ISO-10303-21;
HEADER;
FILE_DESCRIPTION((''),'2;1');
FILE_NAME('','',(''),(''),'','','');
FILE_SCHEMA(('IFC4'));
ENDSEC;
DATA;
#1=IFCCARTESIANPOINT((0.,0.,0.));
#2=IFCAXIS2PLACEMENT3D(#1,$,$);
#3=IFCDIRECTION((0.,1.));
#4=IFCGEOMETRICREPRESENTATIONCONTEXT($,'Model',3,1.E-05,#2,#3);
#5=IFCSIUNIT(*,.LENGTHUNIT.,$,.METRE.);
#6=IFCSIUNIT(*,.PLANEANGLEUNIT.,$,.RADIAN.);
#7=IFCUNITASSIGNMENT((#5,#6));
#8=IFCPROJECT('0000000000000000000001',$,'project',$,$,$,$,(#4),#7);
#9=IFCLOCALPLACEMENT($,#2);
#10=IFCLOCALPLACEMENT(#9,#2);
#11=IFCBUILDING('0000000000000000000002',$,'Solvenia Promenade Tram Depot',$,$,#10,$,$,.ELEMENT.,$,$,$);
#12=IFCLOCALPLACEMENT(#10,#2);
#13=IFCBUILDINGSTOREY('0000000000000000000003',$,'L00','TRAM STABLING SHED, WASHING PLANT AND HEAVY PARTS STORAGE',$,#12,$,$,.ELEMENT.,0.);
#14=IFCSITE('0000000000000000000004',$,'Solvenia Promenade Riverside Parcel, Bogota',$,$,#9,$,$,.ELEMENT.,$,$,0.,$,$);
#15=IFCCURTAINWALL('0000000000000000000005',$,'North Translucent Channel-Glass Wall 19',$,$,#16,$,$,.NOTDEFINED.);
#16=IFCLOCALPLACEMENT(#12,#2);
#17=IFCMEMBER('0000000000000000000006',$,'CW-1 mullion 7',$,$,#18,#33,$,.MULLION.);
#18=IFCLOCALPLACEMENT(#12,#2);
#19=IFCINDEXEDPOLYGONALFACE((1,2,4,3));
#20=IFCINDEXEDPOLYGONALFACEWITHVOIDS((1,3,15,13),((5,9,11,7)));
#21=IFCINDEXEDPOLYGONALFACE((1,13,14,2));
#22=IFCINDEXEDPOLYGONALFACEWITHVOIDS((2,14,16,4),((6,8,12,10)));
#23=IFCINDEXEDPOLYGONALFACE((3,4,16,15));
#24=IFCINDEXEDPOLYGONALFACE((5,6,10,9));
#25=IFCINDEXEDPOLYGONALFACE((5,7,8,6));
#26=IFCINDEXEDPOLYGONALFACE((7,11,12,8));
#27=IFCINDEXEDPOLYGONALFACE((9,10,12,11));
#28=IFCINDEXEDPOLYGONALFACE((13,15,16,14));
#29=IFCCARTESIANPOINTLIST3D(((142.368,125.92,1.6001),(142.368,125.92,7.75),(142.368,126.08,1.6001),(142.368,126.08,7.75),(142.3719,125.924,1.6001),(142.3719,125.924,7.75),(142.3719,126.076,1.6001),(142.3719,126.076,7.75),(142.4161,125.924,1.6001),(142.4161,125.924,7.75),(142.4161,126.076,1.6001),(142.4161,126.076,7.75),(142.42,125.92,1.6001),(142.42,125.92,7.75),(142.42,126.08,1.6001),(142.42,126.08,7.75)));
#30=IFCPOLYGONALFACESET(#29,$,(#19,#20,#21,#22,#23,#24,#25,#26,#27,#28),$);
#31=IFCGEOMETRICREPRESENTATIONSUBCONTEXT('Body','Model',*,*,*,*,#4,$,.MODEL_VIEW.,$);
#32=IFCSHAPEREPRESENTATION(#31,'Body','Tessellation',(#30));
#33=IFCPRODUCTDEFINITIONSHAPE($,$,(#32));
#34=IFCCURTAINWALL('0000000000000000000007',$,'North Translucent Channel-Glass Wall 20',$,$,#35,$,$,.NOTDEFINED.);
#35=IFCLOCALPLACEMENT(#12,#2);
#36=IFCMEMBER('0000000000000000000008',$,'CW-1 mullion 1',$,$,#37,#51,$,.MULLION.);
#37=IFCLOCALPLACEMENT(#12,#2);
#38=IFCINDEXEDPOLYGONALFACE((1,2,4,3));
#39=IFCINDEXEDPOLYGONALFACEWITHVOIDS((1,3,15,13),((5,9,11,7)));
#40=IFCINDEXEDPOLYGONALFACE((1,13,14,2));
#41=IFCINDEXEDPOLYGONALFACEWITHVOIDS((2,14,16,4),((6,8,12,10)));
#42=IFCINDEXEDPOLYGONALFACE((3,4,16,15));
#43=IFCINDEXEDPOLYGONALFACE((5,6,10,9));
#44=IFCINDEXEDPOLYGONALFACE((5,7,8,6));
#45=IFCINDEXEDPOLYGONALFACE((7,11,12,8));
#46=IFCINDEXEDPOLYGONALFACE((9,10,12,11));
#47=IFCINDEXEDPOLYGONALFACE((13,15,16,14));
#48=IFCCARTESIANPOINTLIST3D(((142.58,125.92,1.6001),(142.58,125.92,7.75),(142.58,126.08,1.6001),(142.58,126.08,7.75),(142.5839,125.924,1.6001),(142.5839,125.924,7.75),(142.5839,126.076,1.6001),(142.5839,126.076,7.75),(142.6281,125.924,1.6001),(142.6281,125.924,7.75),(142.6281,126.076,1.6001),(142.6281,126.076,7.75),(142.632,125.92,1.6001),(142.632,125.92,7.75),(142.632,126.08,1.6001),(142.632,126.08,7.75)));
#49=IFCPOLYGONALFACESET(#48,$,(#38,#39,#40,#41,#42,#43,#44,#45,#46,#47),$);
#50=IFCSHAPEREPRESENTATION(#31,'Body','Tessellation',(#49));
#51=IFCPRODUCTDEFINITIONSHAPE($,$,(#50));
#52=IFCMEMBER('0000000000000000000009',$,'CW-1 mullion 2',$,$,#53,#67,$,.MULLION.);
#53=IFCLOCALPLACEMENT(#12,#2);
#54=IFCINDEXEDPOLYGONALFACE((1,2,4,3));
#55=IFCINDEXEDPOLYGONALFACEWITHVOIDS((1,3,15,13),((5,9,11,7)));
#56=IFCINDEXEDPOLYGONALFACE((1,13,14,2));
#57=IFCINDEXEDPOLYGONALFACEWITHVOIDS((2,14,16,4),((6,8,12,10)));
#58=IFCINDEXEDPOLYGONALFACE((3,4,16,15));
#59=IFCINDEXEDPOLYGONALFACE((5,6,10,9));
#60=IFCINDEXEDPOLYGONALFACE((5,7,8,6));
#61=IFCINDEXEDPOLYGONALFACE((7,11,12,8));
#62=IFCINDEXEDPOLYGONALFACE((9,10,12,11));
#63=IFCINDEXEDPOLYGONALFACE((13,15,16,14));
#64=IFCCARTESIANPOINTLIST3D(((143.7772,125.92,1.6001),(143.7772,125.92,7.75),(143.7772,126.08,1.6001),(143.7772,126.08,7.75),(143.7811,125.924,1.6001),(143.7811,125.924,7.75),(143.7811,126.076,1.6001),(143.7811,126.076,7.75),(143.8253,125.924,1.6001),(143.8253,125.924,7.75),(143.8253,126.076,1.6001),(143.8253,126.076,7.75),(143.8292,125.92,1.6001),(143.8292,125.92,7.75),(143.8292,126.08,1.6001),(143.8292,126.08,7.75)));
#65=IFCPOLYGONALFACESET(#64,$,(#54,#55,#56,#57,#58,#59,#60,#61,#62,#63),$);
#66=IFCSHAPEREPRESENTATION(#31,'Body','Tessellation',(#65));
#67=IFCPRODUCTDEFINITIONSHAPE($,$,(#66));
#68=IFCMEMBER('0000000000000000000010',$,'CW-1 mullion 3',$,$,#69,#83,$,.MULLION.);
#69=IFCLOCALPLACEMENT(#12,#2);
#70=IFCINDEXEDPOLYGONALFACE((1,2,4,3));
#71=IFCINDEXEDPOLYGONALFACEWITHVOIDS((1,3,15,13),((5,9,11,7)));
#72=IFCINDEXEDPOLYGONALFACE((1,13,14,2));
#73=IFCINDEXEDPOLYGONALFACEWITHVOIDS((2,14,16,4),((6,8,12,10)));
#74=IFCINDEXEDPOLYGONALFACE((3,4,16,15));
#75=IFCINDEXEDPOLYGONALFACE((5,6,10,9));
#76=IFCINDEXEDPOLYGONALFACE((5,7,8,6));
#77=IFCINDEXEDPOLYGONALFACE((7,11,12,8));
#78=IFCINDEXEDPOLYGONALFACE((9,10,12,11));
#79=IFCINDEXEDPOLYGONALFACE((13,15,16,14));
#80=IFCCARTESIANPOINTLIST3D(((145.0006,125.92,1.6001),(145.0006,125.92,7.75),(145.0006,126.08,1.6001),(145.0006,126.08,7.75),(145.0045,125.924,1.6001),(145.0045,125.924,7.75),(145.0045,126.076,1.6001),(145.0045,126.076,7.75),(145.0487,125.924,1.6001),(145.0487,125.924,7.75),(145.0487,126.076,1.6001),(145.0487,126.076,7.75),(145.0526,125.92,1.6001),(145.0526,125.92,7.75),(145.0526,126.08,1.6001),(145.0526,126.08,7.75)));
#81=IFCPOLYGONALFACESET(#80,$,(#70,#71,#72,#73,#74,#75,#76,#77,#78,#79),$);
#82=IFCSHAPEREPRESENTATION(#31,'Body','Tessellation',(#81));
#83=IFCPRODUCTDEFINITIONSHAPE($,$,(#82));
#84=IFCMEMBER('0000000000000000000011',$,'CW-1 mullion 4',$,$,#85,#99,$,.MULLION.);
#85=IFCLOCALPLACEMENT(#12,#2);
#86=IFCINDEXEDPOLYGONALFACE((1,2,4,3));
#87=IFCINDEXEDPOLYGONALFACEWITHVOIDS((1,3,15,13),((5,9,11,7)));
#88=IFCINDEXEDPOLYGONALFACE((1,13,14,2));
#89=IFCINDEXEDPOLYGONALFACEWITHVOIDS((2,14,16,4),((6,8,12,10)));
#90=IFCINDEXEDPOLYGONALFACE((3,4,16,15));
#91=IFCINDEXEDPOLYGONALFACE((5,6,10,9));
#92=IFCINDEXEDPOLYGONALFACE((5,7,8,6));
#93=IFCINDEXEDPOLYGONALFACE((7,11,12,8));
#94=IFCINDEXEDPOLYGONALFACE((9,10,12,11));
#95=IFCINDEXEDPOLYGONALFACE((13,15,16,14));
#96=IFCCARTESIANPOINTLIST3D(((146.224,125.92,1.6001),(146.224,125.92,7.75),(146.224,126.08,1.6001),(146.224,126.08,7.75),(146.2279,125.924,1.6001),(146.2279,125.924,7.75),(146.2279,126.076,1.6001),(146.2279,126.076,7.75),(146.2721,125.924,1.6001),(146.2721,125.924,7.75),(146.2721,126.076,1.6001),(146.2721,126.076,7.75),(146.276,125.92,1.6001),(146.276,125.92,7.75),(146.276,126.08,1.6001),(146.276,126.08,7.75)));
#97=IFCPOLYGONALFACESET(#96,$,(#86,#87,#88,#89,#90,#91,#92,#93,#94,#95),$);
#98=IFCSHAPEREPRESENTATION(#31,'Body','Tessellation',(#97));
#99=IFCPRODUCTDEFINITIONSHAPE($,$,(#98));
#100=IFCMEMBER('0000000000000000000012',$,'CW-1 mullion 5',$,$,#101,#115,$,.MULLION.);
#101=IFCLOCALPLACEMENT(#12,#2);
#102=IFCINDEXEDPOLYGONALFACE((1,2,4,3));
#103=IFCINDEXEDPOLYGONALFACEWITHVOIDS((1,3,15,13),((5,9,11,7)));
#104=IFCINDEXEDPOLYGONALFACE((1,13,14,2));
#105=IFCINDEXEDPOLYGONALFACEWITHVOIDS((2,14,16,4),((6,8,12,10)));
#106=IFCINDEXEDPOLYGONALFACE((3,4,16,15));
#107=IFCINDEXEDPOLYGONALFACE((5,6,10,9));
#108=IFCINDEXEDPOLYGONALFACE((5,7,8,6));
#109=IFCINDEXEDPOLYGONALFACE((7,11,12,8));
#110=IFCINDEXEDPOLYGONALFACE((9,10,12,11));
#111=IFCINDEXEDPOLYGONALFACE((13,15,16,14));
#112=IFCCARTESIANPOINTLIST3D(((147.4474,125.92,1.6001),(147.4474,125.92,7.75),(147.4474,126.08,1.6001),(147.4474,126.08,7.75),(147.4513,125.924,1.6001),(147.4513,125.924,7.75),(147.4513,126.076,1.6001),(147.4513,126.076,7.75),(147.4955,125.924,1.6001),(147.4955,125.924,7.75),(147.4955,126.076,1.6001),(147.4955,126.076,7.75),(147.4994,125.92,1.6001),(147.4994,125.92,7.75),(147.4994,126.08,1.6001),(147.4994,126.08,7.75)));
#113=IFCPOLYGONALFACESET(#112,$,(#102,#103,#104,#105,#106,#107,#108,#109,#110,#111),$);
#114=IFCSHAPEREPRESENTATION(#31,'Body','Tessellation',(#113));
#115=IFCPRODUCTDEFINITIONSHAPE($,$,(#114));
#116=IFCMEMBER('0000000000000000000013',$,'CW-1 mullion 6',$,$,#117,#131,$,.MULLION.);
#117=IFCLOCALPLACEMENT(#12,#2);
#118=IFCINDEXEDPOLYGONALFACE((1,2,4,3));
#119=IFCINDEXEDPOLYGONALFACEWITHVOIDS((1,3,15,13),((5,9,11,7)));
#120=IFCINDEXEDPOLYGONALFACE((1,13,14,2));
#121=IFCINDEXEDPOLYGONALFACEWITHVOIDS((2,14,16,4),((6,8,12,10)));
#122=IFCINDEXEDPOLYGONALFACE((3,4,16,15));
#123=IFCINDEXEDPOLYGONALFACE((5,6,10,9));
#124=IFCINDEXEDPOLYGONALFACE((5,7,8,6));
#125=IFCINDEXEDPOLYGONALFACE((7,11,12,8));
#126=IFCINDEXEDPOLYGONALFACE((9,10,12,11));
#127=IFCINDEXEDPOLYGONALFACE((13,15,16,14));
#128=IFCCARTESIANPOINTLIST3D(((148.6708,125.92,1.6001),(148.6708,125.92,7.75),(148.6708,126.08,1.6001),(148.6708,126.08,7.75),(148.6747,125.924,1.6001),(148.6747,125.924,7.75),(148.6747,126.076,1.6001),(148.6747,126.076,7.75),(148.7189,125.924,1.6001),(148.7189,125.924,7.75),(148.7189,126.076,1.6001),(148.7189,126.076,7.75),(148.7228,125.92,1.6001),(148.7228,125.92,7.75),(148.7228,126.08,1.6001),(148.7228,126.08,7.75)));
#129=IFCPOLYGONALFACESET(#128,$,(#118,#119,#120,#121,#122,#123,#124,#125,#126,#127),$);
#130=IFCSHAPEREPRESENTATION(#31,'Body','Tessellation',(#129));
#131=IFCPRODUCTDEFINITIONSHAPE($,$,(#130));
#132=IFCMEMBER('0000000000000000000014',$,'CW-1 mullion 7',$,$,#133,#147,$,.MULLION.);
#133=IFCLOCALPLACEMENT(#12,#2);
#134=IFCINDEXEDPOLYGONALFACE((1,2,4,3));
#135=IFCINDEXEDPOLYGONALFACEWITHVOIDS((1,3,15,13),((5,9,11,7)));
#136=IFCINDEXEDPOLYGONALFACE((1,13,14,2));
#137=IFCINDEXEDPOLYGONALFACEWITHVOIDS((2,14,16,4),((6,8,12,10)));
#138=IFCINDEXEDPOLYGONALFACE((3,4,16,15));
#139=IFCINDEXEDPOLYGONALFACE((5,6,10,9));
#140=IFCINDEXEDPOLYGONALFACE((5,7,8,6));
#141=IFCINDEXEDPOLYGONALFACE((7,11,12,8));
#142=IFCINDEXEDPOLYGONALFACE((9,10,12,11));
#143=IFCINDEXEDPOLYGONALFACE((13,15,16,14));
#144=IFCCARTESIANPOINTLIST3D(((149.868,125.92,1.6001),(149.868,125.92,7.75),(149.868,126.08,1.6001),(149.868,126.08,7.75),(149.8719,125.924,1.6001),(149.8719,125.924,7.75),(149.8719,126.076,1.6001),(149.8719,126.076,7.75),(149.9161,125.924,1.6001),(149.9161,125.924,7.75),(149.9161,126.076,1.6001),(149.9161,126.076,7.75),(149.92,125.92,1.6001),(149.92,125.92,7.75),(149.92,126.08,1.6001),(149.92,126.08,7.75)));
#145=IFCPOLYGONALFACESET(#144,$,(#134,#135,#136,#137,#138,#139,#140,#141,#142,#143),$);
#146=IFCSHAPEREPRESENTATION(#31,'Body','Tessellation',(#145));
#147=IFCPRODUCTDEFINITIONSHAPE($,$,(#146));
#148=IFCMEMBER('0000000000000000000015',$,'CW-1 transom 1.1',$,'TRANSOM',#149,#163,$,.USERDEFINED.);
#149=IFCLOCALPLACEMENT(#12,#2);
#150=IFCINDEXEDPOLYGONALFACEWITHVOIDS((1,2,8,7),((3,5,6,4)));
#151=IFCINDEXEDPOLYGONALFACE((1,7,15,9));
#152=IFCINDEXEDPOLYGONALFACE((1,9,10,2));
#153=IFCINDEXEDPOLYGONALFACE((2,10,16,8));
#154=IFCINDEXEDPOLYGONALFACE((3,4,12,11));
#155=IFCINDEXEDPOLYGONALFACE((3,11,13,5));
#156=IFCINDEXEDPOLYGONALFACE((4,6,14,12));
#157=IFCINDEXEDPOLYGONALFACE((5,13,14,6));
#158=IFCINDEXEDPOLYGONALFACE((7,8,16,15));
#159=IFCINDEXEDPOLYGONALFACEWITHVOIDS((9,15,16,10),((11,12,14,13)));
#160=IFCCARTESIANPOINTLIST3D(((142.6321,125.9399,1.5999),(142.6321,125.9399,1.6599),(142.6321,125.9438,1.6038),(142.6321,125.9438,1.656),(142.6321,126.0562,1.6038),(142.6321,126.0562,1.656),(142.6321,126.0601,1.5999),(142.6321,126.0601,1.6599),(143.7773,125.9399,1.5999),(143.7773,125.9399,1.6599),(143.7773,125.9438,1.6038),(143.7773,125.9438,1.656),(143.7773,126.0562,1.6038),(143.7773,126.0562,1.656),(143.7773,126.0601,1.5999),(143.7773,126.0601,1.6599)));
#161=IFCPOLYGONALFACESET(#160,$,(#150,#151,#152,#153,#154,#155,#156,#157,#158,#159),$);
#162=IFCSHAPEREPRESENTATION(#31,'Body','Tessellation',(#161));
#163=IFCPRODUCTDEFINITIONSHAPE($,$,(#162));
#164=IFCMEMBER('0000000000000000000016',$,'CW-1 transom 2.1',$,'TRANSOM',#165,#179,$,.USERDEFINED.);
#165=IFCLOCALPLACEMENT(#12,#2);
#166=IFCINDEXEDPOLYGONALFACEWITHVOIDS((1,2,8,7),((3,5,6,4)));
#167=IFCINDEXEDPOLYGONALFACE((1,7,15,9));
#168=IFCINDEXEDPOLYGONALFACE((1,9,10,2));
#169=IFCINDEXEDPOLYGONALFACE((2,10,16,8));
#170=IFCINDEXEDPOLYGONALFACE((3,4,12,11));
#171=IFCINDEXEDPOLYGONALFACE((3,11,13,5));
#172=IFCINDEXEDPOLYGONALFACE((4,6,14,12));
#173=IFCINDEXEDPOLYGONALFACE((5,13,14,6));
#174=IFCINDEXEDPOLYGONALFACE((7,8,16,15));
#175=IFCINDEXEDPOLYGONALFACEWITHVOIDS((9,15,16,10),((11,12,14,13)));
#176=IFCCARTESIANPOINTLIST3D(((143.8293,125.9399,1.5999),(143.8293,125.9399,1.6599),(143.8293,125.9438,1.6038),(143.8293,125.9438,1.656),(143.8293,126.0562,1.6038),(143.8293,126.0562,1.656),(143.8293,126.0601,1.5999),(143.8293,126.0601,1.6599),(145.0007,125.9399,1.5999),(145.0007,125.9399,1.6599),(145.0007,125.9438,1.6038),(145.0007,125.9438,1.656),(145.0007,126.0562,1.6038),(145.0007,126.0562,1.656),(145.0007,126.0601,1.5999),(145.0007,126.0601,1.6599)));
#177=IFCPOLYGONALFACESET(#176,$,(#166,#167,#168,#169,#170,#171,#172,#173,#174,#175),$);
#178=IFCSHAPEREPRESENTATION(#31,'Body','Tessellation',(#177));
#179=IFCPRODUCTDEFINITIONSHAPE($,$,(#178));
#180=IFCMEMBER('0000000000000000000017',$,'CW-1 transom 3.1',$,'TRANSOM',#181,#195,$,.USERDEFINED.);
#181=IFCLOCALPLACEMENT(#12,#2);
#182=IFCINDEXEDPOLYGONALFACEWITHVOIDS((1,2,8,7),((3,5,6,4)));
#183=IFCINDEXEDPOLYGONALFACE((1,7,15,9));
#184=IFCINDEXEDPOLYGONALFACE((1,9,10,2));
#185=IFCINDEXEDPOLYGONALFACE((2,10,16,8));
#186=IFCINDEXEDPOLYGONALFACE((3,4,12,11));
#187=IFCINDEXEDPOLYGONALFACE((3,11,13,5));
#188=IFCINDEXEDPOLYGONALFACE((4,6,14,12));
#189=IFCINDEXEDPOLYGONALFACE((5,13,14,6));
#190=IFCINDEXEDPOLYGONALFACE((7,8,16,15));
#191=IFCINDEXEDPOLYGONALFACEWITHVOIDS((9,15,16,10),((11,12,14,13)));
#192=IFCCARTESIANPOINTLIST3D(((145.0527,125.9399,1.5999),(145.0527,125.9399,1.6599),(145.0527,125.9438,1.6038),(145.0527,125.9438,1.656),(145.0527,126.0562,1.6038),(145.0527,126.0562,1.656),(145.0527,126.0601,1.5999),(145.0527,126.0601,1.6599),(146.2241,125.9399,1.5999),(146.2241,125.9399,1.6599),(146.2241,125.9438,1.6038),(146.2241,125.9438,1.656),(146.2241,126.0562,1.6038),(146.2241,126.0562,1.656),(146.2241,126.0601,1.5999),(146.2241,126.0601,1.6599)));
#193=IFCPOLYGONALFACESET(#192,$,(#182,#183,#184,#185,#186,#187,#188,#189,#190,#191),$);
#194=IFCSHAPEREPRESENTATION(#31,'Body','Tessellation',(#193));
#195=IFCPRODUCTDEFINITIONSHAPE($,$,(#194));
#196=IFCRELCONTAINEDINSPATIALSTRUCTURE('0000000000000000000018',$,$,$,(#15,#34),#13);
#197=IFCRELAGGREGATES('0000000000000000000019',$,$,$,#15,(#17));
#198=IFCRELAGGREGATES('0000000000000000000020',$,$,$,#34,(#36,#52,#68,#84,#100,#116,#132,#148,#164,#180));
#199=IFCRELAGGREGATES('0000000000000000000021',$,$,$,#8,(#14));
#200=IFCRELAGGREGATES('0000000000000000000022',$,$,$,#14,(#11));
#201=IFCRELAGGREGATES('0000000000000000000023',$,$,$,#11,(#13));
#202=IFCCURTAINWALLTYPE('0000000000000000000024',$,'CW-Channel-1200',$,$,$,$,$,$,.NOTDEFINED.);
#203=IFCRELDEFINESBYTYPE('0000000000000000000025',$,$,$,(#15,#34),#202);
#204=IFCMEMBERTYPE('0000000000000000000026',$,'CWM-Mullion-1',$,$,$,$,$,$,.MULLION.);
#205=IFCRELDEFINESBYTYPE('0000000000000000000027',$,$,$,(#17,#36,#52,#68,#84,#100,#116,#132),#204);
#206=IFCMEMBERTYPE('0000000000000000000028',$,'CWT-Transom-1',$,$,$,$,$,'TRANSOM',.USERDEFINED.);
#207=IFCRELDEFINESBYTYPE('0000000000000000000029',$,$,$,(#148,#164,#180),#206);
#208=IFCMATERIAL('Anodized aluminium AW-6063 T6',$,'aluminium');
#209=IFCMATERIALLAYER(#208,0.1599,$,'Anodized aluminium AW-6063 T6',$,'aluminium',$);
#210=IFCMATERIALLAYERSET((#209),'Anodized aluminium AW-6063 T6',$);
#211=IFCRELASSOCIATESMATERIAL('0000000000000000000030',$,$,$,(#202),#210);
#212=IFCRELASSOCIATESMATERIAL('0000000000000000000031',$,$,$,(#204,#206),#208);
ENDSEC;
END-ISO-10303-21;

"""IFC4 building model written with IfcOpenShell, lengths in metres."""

from ifc_helpers import new_model, si_unit, direction, frame, origin, origin_2d, place, context, subcontext, project, spatial, hollow_rectangle, extrude, material, layer, layer_set, material_profile, profile_set, type_object, element, aggregate, save


model = new_model("IFC4")

# Units and contexts
model_context = context("Model", 3, precision=1e-05, world=origin(), true_north=direction((0.0, 1.0)))
body_context = subcontext(model_context, "Body", "Model", "MODEL_VIEW")
ifc_project = project(units=[si_unit("LENGTHUNIT", "METRE"), si_unit("PLANEANGLEUNIT", "RADIAN")], contexts=[model_context])

# Site, building, storey
site_placement = place(None, origin())
site = spatial("IfcSite", under=ifc_project, at=site_placement, Name="Solvenia Promenade Riverside Parcel, Bogota", CompositionType="ELEMENT", RefElevation=0.0)
building_placement = place(site_placement, origin())
building = spatial("IfcBuilding", under=site, at=building_placement, Name="Solvenia Promenade Tram Depot", CompositionType="ELEMENT")
storey_placement = place(building_placement, origin())
storey = spatial("IfcBuildingStorey", under=building, at=storey_placement, Name="L00", Description="TRAM STABLING SHED, WASHING PLANT AND HEAVY PARTS STORAGE", CompositionType="ELEMENT", Elevation=0.0)

# Curtain wall, member
ifc_material_1 = material(Name="Anodized aluminium AW-6063 T6", Category="aluminium")
ifc_layer_1 = layer(ifc_material_1, 0.1599, Name="Anodized aluminium AW-6063 T6", Category="aluminium")
ifc_layer_set_1 = layer_set([ifc_layer_1], Name="Anodized aluminium AW-6063 T6")
curtain_wall_type = type_object("IfcCurtainWallType", Name="CW-Channel-1200", PredefinedType="NOTDEFINED", material=ifc_layer_set_1)
curtain_wall_1_placement = place(storey_placement, origin())
curtain_wall_1 = element("IfcCurtainWall", 1, at=curtain_wall_1_placement, inside=storey, type_object=curtain_wall_type, Name="North Translucent Channel-Glass Wall 19", PredefinedType="NOTDEFINED")
ifc_material_profile_1 = material_profile(ifc_material_1, hollow_rectangle(XDim=0.1599, YDim=0.052, WallThickness=0.0039, at=origin_2d()), Name="ALU-M1", Category="aluminium")
ifc_profile_set_1 = profile_set([ifc_material_profile_1], Name="Anodized aluminium AW-6063 T6")
member_type_1 = type_object("IfcMemberType", Name="CWM-Mullion-1", PredefinedType="MULLION", material=ifc_profile_set_1)
member_1_placement = place(storey_placement, frame((142.394, 126.0, 1.6001), z_axis=(0.0, 0.0, 1.0), x_axis=(0.0, 1.0, 0.0)))
member_1 = element("IfcMember", 2, at=member_1_placement, type_object=member_type_1, Name="CW-1 mullion 7", PredefinedType="MULLION", context=body_context, shape_type="SweptSolid", body=[
    extrude(hollow_rectangle(XDim=0.1599, YDim=0.052, WallThickness=0.0039, at=origin_2d()), origin(), (0.0, 0.0, 1.0), 6.1499),
])
aggregate(curtain_wall_1, [member_1])

# Curtain wall, members
curtain_wall_2_placement = place(storey_placement, origin())
curtain_wall_2 = element("IfcCurtainWall", 3, at=curtain_wall_2_placement, inside=storey, type_object=curtain_wall_type, Name="North Translucent Channel-Glass Wall 20", PredefinedType="NOTDEFINED")
member_2_placement = place(storey_placement, frame((142.606, 126.0, 1.6001), z_axis=(0.0, 0.0, 1.0), x_axis=(0.0, 1.0, 0.0)))
member_2 = element("IfcMember", 4, at=member_2_placement, type_object=member_type_1, Name="CW-1 mullion 1", PredefinedType="MULLION", context=body_context, shape_type="SweptSolid", body=[
    extrude(hollow_rectangle(XDim=0.1599, YDim=0.052, WallThickness=0.0039, at=origin_2d()), origin(), (0.0, 0.0, 1.0), 6.1499),
])
member_3_placement = place(storey_placement, frame((143.8032, 126.0, 1.6001), z_axis=(0.0, 0.0, 1.0), x_axis=(0.0, 1.0, 0.0)))
member_3 = element("IfcMember", 5, at=member_3_placement, type_object=member_type_1, Name="CW-1 mullion 2", PredefinedType="MULLION", context=body_context, shape_type="SweptSolid", body=[
    extrude(hollow_rectangle(XDim=0.1599, YDim=0.052, WallThickness=0.0039, at=origin_2d()), origin(), (0.0, 0.0, 1.0), 6.1499),
])
member_4_placement = place(storey_placement, frame((145.0266, 126.0, 1.6001), z_axis=(0.0, 0.0, 1.0), x_axis=(0.0, 1.0, 0.0)))
member_4 = element("IfcMember", 6, at=member_4_placement, type_object=member_type_1, Name="CW-1 mullion 3", PredefinedType="MULLION", context=body_context, shape_type="SweptSolid", body=[
    extrude(hollow_rectangle(XDim=0.1599, YDim=0.052, WallThickness=0.0039, at=origin_2d()), origin(), (0.0, 0.0, 1.0), 6.1499),
])
member_5_placement = place(storey_placement, frame((146.25, 126.0, 1.6001), z_axis=(0.0, 0.0, 1.0), x_axis=(0.0, 1.0, 0.0)))
member_5 = element("IfcMember", 7, at=member_5_placement, type_object=member_type_1, Name="CW-1 mullion 4", PredefinedType="MULLION", context=body_context, shape_type="SweptSolid", body=[
    extrude(hollow_rectangle(XDim=0.1599, YDim=0.052, WallThickness=0.0039, at=origin_2d()), origin(), (0.0, 0.0, 1.0), 6.1499),
])
member_6_placement = place(storey_placement, frame((147.4734, 126.0, 1.6001), z_axis=(0.0, 0.0, 1.0), x_axis=(0.0, 1.0, 0.0)))
member_6 = element("IfcMember", 8, at=member_6_placement, type_object=member_type_1, Name="CW-1 mullion 5", PredefinedType="MULLION", context=body_context, shape_type="SweptSolid", body=[
    extrude(hollow_rectangle(XDim=0.1599, YDim=0.052, WallThickness=0.0039, at=origin_2d()), origin(), (0.0, 0.0, 1.0), 6.1499),
])
member_7_placement = place(storey_placement, frame((148.6968, 126.0, 1.6001), z_axis=(0.0, 0.0, 1.0), x_axis=(0.0, 1.0, 0.0)))
member_7 = element("IfcMember", 9, at=member_7_placement, type_object=member_type_1, Name="CW-1 mullion 6", PredefinedType="MULLION", context=body_context, shape_type="SweptSolid", body=[
    extrude(hollow_rectangle(XDim=0.1599, YDim=0.052, WallThickness=0.0039, at=origin_2d()), origin(), (0.0, 0.0, 1.0), 6.1499),
])
member_8_placement = place(storey_placement, frame((149.894, 126.0, 1.6001), z_axis=(0.0, 0.0, 1.0), x_axis=(0.0, 1.0, 0.0)))
member_8 = element("IfcMember", 10, at=member_8_placement, type_object=member_type_1, Name="CW-1 mullion 7", PredefinedType="MULLION", context=body_context, shape_type="SweptSolid", body=[
    extrude(hollow_rectangle(XDim=0.1599, YDim=0.052, WallThickness=0.0039, at=origin_2d()), origin(), (0.0, 0.0, 1.0), 6.1499),
])
ifc_material_profile_2 = material_profile(ifc_material_1, hollow_rectangle(XDim=0.1201, YDim=0.0601, WallThickness=0.0039, at=origin_2d()), Name="ALU-T1", Category="aluminium")
ifc_profile_set_2 = profile_set([ifc_material_profile_2], Name="Anodized aluminium AW-6063 T6")
member_type_2 = type_object("IfcMemberType", Name="CWT-Transom-1", ElementType="TRANSOM", PredefinedType="USERDEFINED", material=ifc_profile_set_2)
member_9_placement = place(storey_placement, frame((142.6321, 126.0, 1.6299), z_axis=(1.0, 0.0, 0.0), x_axis=(0.0, 1.0, 0.0)))
member_9 = element("IfcMember", 11, at=member_9_placement, type_object=member_type_2, Name="CW-1 transom 1.1", ObjectType="TRANSOM", PredefinedType="USERDEFINED", context=body_context, shape_type="SweptSolid", body=[
    extrude(hollow_rectangle(XDim=0.1201, YDim=0.0601, WallThickness=0.0039, at=origin_2d()), origin(), (0.0, 0.0, 1.0), 1.1453),
])
member_10_placement = place(storey_placement, frame((143.8293, 126.0, 1.6299), z_axis=(1.0, 0.0, 0.0), x_axis=(0.0, 1.0, 0.0)))
member_10 = element("IfcMember", 12, at=member_10_placement, type_object=member_type_2, Name="CW-1 transom 2.1", ObjectType="TRANSOM", PredefinedType="USERDEFINED", context=body_context, shape_type="SweptSolid", body=[
    extrude(hollow_rectangle(XDim=0.1201, YDim=0.0601, WallThickness=0.0039, at=origin_2d()), origin(), (0.0, 0.0, 1.0), 1.1714),
])
member_11_placement = place(storey_placement, frame((145.0527, 126.0, 1.6299), z_axis=(1.0, 0.0, 0.0), x_axis=(0.0, 1.0, 0.0)))
member_11 = element("IfcMember", 13, at=member_11_placement, type_object=member_type_2, Name="CW-1 transom 3.1", ObjectType="TRANSOM", PredefinedType="USERDEFINED", context=body_context, shape_type="SweptSolid", body=[
    extrude(hollow_rectangle(XDim=0.1201, YDim=0.0601, WallThickness=0.0039, at=origin_2d()), origin(), (0.0, 0.0, 1.0), 1.1714),
])
aggregate(curtain_wall_2, [member_2, member_3, member_4, member_5, member_6, member_7, member_8, member_9, member_10, member_11])

save(model, "model.ifc")
